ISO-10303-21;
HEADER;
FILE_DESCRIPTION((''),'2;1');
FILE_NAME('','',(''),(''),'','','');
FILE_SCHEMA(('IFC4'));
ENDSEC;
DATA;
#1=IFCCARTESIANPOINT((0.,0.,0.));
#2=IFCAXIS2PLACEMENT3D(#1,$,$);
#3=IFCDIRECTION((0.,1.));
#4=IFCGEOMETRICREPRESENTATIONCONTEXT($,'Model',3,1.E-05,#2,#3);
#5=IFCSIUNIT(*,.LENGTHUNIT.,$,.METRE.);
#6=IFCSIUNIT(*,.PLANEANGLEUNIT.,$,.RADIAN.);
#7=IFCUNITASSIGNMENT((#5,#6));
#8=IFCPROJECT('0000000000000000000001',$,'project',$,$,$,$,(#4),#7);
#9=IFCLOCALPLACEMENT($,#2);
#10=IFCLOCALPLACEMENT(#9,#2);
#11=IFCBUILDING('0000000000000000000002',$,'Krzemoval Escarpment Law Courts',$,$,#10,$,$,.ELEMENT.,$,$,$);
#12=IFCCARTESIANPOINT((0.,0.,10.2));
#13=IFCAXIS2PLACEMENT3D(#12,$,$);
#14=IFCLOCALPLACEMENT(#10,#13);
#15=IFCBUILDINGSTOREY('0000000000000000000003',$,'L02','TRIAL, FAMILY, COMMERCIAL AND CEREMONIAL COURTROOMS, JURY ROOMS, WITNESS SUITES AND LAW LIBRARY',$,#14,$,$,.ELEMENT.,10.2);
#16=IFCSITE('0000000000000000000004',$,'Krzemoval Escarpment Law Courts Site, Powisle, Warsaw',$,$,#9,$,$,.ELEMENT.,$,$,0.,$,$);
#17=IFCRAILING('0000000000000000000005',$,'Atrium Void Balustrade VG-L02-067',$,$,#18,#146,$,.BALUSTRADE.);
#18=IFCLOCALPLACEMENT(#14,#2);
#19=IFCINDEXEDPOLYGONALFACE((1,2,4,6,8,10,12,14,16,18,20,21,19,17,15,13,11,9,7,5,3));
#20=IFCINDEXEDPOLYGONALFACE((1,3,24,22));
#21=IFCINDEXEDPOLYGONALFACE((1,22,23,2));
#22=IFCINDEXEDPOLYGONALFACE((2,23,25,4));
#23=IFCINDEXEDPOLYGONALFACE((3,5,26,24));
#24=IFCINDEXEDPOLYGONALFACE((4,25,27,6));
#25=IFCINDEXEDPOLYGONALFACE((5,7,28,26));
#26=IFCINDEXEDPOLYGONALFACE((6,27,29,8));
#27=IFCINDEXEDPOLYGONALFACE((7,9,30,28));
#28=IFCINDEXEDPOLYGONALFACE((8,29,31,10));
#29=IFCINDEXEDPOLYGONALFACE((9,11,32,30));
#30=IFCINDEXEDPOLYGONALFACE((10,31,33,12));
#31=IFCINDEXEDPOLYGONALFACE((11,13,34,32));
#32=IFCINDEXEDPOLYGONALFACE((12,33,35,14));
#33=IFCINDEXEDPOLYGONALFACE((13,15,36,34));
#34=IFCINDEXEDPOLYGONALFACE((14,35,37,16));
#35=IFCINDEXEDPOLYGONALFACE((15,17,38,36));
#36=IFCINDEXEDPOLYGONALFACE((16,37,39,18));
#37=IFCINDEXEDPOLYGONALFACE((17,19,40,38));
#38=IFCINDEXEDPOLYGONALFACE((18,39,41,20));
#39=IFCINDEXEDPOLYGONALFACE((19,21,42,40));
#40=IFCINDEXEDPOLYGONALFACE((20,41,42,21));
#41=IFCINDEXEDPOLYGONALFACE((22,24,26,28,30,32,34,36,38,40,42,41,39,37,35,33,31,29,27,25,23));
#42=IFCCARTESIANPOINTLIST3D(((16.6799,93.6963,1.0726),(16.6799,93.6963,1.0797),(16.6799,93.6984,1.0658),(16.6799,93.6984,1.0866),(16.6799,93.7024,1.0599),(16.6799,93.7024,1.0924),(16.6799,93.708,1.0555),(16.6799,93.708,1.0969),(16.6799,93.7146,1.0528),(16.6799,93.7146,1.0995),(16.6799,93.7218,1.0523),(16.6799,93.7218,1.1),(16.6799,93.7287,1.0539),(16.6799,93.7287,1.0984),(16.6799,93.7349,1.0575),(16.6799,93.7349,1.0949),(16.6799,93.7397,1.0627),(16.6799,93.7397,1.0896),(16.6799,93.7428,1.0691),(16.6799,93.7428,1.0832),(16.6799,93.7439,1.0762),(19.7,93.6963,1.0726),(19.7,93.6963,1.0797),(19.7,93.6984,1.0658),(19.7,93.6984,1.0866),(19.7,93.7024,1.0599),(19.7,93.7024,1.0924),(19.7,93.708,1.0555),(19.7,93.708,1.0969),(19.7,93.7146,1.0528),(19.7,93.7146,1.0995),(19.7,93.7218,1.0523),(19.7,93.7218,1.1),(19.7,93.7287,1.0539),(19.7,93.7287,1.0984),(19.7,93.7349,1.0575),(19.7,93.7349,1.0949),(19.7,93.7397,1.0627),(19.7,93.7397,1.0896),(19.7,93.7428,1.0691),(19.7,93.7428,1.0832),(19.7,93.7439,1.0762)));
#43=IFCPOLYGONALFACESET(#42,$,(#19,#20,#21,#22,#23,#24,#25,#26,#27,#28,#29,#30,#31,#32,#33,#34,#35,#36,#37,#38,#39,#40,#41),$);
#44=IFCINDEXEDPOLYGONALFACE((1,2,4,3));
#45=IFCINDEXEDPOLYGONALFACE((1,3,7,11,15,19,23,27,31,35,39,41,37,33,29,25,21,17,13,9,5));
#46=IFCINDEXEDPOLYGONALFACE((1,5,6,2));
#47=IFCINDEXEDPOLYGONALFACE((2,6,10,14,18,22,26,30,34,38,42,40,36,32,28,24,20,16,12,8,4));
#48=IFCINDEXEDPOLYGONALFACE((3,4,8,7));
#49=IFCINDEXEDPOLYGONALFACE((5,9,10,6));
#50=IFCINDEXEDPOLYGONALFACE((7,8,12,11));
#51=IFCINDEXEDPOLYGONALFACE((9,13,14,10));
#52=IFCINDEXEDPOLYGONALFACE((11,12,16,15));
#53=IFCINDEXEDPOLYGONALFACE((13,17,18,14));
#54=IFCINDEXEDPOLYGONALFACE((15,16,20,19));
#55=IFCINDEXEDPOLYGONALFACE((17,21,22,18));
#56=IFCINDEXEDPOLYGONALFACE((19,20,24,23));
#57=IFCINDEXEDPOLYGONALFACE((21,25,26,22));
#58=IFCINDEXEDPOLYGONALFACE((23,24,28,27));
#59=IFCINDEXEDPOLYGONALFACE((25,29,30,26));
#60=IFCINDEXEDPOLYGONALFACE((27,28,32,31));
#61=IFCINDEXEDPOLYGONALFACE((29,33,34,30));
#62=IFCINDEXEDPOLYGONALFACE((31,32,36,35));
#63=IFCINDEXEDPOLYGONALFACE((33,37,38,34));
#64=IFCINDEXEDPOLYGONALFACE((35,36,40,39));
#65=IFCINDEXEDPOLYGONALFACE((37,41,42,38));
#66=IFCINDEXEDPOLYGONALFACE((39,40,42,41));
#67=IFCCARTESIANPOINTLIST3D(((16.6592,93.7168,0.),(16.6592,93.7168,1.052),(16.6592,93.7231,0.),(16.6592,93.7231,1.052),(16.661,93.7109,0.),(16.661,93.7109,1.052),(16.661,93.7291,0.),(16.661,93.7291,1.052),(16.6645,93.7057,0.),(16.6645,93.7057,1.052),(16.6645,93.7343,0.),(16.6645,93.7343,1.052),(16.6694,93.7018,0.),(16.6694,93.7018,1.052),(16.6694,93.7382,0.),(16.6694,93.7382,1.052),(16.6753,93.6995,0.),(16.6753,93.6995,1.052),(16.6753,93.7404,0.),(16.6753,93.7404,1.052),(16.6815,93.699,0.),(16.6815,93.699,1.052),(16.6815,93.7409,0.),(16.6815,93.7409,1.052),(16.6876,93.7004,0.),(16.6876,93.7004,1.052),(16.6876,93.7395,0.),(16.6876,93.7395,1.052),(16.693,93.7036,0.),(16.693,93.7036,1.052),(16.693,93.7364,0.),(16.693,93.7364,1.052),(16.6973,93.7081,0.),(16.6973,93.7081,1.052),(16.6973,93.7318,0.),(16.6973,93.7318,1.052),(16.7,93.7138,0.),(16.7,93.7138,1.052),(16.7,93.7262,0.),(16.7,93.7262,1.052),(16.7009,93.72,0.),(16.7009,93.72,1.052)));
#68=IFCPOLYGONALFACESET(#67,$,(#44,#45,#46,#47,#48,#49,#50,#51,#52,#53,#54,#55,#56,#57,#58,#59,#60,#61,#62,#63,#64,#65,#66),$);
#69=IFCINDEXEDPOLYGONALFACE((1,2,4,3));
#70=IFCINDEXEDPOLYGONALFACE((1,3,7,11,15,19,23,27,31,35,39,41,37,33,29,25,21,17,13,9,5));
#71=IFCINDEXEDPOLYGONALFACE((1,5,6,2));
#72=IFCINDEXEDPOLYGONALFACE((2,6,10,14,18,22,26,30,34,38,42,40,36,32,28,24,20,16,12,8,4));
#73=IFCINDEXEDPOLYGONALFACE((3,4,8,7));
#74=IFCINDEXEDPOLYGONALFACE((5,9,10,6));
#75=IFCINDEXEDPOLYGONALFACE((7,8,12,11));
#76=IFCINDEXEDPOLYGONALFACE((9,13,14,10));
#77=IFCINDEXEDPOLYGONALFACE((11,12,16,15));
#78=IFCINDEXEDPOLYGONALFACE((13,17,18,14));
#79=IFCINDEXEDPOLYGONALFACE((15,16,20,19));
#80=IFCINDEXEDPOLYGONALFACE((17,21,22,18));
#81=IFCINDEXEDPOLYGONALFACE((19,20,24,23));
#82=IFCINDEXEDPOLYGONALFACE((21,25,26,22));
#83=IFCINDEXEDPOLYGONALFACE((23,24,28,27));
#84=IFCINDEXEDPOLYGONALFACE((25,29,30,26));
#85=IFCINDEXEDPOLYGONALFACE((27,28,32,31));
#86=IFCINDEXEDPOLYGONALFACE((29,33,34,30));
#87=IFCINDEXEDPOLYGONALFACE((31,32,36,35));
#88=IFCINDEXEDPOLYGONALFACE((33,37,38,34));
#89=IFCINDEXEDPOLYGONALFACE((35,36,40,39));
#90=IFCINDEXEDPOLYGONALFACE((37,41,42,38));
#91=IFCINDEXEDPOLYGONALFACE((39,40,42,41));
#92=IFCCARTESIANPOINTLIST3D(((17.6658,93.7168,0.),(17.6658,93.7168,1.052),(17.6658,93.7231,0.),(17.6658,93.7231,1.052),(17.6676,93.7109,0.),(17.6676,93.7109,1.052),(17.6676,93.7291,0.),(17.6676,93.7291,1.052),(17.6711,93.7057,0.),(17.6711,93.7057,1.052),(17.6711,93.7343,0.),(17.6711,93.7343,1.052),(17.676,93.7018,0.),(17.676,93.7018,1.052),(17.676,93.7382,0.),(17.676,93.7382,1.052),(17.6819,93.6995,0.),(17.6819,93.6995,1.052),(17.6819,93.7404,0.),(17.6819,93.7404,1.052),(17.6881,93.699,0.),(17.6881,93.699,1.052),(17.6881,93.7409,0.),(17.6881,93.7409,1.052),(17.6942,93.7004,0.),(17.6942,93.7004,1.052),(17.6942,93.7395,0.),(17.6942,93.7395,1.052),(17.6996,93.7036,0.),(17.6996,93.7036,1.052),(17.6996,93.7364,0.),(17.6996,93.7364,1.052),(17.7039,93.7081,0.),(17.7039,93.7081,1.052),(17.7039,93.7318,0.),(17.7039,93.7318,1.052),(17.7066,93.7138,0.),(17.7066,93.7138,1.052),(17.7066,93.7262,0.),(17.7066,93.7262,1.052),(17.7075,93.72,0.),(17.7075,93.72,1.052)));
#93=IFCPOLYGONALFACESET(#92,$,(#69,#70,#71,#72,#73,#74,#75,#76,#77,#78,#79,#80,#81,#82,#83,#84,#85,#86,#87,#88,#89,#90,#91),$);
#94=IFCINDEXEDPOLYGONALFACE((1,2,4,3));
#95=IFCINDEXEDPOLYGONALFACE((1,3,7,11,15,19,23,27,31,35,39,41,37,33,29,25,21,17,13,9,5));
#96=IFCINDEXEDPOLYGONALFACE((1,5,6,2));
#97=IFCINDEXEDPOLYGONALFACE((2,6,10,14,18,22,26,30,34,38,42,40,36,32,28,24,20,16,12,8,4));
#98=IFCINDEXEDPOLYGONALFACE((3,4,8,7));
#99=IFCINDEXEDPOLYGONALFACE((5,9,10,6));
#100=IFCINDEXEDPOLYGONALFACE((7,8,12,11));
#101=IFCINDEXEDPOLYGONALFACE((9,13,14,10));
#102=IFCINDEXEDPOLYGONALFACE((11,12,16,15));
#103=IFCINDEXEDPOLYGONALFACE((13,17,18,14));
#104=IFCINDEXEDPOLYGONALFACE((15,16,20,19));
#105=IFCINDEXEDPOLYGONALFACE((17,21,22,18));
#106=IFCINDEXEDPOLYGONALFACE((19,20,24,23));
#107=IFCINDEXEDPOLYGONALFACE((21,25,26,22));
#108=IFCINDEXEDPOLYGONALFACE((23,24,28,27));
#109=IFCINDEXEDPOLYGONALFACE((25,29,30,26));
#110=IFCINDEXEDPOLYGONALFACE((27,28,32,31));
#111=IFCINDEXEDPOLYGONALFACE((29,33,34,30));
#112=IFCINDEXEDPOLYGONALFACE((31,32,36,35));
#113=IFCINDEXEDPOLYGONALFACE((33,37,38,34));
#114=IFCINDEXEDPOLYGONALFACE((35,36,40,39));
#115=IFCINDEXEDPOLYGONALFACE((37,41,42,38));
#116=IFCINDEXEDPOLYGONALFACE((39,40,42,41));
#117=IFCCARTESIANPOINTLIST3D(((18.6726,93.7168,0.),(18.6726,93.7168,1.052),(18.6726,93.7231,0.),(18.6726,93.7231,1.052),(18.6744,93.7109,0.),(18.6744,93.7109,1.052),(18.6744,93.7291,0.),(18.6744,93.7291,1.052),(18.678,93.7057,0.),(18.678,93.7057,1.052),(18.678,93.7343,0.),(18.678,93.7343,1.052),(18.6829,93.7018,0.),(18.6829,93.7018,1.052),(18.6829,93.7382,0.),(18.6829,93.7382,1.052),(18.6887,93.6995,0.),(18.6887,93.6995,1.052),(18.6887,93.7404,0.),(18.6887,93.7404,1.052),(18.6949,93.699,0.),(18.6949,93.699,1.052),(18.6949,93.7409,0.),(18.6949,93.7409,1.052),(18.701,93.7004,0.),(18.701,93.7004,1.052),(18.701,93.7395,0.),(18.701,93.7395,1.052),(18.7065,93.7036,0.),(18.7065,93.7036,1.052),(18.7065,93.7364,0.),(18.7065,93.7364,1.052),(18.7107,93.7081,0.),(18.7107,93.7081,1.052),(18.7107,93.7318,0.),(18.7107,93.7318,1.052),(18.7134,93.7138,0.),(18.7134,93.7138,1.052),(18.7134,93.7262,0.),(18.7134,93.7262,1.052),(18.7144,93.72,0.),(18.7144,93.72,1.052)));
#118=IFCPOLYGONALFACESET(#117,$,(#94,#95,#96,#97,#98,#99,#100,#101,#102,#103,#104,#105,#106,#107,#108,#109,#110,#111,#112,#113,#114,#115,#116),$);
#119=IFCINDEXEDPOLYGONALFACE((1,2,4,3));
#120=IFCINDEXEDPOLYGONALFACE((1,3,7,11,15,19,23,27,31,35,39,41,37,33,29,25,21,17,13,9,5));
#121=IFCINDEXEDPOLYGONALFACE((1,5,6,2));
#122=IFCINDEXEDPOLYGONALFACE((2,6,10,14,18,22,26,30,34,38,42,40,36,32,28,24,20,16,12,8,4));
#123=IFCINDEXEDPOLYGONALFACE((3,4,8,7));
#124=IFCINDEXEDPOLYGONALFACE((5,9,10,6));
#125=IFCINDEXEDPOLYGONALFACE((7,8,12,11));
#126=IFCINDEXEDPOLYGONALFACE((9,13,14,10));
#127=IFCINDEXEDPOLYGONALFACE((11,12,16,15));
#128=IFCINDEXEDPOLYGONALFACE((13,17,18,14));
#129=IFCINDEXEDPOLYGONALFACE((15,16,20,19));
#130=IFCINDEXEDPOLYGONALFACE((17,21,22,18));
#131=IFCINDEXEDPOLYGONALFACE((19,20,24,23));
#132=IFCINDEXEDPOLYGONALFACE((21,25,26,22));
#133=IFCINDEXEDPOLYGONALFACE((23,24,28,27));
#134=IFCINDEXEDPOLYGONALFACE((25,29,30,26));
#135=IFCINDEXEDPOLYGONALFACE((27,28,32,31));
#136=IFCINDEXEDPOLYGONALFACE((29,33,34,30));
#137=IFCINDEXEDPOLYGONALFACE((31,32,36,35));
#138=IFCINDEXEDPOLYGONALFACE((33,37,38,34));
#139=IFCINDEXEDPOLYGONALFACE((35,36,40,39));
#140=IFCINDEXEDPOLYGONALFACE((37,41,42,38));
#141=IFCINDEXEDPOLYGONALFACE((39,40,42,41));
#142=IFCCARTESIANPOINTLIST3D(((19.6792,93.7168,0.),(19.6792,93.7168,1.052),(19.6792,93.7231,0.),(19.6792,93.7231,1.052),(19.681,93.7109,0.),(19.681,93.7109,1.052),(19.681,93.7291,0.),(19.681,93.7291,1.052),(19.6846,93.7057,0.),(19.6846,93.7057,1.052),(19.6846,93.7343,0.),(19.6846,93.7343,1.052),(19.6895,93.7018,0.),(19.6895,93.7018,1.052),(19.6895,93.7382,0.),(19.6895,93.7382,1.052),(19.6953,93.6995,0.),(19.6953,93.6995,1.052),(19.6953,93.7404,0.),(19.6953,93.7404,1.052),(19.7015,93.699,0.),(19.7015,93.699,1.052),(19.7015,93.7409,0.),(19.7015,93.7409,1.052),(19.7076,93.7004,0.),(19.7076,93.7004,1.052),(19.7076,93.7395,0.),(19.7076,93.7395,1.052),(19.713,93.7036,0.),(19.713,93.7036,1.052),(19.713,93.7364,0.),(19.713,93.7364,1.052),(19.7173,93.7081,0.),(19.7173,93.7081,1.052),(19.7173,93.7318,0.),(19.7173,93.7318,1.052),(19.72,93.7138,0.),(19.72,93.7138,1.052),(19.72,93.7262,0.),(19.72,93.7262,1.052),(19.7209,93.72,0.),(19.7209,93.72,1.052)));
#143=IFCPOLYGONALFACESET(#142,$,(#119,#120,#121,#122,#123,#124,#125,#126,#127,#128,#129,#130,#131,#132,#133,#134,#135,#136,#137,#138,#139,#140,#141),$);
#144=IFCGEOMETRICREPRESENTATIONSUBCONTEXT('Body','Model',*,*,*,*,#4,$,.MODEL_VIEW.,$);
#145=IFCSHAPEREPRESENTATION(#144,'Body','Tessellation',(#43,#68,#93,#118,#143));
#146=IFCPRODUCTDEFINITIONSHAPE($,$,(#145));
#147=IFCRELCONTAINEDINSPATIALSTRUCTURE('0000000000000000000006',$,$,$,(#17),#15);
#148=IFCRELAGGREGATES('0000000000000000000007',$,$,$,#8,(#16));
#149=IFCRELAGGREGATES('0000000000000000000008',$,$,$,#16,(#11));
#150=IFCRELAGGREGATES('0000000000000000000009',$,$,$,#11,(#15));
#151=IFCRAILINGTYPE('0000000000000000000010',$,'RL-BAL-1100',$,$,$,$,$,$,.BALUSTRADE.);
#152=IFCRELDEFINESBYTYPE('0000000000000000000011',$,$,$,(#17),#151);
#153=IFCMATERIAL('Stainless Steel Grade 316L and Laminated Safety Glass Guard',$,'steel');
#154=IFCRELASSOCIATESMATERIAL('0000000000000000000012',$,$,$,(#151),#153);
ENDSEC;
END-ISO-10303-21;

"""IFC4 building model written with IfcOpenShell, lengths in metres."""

from ifc_helpers import new_model, si_unit, direction, frame, origin, origin_2d, place, context, subcontext, project, spatial, circle, extrude, material, type_object, element, save


model = new_model("IFC4")

# Units and contexts
model_context = context("Model", 3, precision=1e-05, world=origin(), true_north=direction((0.0, 1.0)))
body_context = subcontext(model_context, "Body", "Model", "MODEL_VIEW")
ifc_project = project(units=[si_unit("LENGTHUNIT", "METRE"), si_unit("PLANEANGLEUNIT", "RADIAN")], contexts=[model_context])

# Site, building, storey
site_placement = place(None, origin())
site = spatial("IfcSite", under=ifc_project, at=site_placement, Name="Krzemoval Escarpment Law Courts Site, Powisle, Warsaw", CompositionType="ELEMENT", RefElevation=0.0)
building_placement = place(site_placement, origin())
building = spatial("IfcBuilding", under=site, at=building_placement, Name="Krzemoval Escarpment Law Courts", CompositionType="ELEMENT")
storey_placement = place(building_placement, frame((0.0, 0.0, 10.2)))
storey = spatial("IfcBuildingStorey", under=building, at=storey_placement, Name="L02", Description="TRIAL, FAMILY, COMMERCIAL AND CEREMONIAL COURTROOMS, JURY ROOMS, WITNESS SUITES AND LAW LIBRARY", CompositionType="ELEMENT", Elevation=10.2)

# Railing
ifc_material_1 = material(Name="Stainless Steel Grade 316L and Laminated Safety Glass Guard", Category="steel")
railing_type = type_object("IfcRailingType", Name="RL-BAL-1100", PredefinedType="BALUSTRADE", material=ifc_material_1)
railing_1_placement = place(storey_placement, frame((16.6799, 93.72, 0.0)))
element("IfcRailing", 1, at=railing_1_placement, inside=storey, type_object=railing_type, Name="Atrium Void Balustrade VG-L02-067", PredefinedType="BALUSTRADE", context=body_context, shape_type="SweptSolid", body=[
    extrude(circle(Radius=0.0239, at=origin_2d()), frame((0.0, 0.0, 1.0762), z_axis=(1.0, 0.0, 0.0), x_axis=(0.0, 1.0, 0.0)), (0.0, 0.0, 1.0), 3.02),
    extrude(circle(Radius=0.021, at=origin_2d()), origin(), (0.0, 0.0, 1.0), 1.052),
    extrude(circle(Radius=0.021, at=origin_2d()), frame((1.0066, 0.0, 0.0)), (0.0, 0.0, 1.0), 1.052),
    extrude(circle(Radius=0.021, at=origin_2d()), frame((2.0134, 0.0, 0.0)), (0.0, 0.0, 1.0), 1.052),
    extrude(circle(Radius=0.021, at=origin_2d()), frame((3.02, 0.0, 0.0)), (0.0, 0.0, 1.0), 1.052),
])

save(model, "model.ifc")
